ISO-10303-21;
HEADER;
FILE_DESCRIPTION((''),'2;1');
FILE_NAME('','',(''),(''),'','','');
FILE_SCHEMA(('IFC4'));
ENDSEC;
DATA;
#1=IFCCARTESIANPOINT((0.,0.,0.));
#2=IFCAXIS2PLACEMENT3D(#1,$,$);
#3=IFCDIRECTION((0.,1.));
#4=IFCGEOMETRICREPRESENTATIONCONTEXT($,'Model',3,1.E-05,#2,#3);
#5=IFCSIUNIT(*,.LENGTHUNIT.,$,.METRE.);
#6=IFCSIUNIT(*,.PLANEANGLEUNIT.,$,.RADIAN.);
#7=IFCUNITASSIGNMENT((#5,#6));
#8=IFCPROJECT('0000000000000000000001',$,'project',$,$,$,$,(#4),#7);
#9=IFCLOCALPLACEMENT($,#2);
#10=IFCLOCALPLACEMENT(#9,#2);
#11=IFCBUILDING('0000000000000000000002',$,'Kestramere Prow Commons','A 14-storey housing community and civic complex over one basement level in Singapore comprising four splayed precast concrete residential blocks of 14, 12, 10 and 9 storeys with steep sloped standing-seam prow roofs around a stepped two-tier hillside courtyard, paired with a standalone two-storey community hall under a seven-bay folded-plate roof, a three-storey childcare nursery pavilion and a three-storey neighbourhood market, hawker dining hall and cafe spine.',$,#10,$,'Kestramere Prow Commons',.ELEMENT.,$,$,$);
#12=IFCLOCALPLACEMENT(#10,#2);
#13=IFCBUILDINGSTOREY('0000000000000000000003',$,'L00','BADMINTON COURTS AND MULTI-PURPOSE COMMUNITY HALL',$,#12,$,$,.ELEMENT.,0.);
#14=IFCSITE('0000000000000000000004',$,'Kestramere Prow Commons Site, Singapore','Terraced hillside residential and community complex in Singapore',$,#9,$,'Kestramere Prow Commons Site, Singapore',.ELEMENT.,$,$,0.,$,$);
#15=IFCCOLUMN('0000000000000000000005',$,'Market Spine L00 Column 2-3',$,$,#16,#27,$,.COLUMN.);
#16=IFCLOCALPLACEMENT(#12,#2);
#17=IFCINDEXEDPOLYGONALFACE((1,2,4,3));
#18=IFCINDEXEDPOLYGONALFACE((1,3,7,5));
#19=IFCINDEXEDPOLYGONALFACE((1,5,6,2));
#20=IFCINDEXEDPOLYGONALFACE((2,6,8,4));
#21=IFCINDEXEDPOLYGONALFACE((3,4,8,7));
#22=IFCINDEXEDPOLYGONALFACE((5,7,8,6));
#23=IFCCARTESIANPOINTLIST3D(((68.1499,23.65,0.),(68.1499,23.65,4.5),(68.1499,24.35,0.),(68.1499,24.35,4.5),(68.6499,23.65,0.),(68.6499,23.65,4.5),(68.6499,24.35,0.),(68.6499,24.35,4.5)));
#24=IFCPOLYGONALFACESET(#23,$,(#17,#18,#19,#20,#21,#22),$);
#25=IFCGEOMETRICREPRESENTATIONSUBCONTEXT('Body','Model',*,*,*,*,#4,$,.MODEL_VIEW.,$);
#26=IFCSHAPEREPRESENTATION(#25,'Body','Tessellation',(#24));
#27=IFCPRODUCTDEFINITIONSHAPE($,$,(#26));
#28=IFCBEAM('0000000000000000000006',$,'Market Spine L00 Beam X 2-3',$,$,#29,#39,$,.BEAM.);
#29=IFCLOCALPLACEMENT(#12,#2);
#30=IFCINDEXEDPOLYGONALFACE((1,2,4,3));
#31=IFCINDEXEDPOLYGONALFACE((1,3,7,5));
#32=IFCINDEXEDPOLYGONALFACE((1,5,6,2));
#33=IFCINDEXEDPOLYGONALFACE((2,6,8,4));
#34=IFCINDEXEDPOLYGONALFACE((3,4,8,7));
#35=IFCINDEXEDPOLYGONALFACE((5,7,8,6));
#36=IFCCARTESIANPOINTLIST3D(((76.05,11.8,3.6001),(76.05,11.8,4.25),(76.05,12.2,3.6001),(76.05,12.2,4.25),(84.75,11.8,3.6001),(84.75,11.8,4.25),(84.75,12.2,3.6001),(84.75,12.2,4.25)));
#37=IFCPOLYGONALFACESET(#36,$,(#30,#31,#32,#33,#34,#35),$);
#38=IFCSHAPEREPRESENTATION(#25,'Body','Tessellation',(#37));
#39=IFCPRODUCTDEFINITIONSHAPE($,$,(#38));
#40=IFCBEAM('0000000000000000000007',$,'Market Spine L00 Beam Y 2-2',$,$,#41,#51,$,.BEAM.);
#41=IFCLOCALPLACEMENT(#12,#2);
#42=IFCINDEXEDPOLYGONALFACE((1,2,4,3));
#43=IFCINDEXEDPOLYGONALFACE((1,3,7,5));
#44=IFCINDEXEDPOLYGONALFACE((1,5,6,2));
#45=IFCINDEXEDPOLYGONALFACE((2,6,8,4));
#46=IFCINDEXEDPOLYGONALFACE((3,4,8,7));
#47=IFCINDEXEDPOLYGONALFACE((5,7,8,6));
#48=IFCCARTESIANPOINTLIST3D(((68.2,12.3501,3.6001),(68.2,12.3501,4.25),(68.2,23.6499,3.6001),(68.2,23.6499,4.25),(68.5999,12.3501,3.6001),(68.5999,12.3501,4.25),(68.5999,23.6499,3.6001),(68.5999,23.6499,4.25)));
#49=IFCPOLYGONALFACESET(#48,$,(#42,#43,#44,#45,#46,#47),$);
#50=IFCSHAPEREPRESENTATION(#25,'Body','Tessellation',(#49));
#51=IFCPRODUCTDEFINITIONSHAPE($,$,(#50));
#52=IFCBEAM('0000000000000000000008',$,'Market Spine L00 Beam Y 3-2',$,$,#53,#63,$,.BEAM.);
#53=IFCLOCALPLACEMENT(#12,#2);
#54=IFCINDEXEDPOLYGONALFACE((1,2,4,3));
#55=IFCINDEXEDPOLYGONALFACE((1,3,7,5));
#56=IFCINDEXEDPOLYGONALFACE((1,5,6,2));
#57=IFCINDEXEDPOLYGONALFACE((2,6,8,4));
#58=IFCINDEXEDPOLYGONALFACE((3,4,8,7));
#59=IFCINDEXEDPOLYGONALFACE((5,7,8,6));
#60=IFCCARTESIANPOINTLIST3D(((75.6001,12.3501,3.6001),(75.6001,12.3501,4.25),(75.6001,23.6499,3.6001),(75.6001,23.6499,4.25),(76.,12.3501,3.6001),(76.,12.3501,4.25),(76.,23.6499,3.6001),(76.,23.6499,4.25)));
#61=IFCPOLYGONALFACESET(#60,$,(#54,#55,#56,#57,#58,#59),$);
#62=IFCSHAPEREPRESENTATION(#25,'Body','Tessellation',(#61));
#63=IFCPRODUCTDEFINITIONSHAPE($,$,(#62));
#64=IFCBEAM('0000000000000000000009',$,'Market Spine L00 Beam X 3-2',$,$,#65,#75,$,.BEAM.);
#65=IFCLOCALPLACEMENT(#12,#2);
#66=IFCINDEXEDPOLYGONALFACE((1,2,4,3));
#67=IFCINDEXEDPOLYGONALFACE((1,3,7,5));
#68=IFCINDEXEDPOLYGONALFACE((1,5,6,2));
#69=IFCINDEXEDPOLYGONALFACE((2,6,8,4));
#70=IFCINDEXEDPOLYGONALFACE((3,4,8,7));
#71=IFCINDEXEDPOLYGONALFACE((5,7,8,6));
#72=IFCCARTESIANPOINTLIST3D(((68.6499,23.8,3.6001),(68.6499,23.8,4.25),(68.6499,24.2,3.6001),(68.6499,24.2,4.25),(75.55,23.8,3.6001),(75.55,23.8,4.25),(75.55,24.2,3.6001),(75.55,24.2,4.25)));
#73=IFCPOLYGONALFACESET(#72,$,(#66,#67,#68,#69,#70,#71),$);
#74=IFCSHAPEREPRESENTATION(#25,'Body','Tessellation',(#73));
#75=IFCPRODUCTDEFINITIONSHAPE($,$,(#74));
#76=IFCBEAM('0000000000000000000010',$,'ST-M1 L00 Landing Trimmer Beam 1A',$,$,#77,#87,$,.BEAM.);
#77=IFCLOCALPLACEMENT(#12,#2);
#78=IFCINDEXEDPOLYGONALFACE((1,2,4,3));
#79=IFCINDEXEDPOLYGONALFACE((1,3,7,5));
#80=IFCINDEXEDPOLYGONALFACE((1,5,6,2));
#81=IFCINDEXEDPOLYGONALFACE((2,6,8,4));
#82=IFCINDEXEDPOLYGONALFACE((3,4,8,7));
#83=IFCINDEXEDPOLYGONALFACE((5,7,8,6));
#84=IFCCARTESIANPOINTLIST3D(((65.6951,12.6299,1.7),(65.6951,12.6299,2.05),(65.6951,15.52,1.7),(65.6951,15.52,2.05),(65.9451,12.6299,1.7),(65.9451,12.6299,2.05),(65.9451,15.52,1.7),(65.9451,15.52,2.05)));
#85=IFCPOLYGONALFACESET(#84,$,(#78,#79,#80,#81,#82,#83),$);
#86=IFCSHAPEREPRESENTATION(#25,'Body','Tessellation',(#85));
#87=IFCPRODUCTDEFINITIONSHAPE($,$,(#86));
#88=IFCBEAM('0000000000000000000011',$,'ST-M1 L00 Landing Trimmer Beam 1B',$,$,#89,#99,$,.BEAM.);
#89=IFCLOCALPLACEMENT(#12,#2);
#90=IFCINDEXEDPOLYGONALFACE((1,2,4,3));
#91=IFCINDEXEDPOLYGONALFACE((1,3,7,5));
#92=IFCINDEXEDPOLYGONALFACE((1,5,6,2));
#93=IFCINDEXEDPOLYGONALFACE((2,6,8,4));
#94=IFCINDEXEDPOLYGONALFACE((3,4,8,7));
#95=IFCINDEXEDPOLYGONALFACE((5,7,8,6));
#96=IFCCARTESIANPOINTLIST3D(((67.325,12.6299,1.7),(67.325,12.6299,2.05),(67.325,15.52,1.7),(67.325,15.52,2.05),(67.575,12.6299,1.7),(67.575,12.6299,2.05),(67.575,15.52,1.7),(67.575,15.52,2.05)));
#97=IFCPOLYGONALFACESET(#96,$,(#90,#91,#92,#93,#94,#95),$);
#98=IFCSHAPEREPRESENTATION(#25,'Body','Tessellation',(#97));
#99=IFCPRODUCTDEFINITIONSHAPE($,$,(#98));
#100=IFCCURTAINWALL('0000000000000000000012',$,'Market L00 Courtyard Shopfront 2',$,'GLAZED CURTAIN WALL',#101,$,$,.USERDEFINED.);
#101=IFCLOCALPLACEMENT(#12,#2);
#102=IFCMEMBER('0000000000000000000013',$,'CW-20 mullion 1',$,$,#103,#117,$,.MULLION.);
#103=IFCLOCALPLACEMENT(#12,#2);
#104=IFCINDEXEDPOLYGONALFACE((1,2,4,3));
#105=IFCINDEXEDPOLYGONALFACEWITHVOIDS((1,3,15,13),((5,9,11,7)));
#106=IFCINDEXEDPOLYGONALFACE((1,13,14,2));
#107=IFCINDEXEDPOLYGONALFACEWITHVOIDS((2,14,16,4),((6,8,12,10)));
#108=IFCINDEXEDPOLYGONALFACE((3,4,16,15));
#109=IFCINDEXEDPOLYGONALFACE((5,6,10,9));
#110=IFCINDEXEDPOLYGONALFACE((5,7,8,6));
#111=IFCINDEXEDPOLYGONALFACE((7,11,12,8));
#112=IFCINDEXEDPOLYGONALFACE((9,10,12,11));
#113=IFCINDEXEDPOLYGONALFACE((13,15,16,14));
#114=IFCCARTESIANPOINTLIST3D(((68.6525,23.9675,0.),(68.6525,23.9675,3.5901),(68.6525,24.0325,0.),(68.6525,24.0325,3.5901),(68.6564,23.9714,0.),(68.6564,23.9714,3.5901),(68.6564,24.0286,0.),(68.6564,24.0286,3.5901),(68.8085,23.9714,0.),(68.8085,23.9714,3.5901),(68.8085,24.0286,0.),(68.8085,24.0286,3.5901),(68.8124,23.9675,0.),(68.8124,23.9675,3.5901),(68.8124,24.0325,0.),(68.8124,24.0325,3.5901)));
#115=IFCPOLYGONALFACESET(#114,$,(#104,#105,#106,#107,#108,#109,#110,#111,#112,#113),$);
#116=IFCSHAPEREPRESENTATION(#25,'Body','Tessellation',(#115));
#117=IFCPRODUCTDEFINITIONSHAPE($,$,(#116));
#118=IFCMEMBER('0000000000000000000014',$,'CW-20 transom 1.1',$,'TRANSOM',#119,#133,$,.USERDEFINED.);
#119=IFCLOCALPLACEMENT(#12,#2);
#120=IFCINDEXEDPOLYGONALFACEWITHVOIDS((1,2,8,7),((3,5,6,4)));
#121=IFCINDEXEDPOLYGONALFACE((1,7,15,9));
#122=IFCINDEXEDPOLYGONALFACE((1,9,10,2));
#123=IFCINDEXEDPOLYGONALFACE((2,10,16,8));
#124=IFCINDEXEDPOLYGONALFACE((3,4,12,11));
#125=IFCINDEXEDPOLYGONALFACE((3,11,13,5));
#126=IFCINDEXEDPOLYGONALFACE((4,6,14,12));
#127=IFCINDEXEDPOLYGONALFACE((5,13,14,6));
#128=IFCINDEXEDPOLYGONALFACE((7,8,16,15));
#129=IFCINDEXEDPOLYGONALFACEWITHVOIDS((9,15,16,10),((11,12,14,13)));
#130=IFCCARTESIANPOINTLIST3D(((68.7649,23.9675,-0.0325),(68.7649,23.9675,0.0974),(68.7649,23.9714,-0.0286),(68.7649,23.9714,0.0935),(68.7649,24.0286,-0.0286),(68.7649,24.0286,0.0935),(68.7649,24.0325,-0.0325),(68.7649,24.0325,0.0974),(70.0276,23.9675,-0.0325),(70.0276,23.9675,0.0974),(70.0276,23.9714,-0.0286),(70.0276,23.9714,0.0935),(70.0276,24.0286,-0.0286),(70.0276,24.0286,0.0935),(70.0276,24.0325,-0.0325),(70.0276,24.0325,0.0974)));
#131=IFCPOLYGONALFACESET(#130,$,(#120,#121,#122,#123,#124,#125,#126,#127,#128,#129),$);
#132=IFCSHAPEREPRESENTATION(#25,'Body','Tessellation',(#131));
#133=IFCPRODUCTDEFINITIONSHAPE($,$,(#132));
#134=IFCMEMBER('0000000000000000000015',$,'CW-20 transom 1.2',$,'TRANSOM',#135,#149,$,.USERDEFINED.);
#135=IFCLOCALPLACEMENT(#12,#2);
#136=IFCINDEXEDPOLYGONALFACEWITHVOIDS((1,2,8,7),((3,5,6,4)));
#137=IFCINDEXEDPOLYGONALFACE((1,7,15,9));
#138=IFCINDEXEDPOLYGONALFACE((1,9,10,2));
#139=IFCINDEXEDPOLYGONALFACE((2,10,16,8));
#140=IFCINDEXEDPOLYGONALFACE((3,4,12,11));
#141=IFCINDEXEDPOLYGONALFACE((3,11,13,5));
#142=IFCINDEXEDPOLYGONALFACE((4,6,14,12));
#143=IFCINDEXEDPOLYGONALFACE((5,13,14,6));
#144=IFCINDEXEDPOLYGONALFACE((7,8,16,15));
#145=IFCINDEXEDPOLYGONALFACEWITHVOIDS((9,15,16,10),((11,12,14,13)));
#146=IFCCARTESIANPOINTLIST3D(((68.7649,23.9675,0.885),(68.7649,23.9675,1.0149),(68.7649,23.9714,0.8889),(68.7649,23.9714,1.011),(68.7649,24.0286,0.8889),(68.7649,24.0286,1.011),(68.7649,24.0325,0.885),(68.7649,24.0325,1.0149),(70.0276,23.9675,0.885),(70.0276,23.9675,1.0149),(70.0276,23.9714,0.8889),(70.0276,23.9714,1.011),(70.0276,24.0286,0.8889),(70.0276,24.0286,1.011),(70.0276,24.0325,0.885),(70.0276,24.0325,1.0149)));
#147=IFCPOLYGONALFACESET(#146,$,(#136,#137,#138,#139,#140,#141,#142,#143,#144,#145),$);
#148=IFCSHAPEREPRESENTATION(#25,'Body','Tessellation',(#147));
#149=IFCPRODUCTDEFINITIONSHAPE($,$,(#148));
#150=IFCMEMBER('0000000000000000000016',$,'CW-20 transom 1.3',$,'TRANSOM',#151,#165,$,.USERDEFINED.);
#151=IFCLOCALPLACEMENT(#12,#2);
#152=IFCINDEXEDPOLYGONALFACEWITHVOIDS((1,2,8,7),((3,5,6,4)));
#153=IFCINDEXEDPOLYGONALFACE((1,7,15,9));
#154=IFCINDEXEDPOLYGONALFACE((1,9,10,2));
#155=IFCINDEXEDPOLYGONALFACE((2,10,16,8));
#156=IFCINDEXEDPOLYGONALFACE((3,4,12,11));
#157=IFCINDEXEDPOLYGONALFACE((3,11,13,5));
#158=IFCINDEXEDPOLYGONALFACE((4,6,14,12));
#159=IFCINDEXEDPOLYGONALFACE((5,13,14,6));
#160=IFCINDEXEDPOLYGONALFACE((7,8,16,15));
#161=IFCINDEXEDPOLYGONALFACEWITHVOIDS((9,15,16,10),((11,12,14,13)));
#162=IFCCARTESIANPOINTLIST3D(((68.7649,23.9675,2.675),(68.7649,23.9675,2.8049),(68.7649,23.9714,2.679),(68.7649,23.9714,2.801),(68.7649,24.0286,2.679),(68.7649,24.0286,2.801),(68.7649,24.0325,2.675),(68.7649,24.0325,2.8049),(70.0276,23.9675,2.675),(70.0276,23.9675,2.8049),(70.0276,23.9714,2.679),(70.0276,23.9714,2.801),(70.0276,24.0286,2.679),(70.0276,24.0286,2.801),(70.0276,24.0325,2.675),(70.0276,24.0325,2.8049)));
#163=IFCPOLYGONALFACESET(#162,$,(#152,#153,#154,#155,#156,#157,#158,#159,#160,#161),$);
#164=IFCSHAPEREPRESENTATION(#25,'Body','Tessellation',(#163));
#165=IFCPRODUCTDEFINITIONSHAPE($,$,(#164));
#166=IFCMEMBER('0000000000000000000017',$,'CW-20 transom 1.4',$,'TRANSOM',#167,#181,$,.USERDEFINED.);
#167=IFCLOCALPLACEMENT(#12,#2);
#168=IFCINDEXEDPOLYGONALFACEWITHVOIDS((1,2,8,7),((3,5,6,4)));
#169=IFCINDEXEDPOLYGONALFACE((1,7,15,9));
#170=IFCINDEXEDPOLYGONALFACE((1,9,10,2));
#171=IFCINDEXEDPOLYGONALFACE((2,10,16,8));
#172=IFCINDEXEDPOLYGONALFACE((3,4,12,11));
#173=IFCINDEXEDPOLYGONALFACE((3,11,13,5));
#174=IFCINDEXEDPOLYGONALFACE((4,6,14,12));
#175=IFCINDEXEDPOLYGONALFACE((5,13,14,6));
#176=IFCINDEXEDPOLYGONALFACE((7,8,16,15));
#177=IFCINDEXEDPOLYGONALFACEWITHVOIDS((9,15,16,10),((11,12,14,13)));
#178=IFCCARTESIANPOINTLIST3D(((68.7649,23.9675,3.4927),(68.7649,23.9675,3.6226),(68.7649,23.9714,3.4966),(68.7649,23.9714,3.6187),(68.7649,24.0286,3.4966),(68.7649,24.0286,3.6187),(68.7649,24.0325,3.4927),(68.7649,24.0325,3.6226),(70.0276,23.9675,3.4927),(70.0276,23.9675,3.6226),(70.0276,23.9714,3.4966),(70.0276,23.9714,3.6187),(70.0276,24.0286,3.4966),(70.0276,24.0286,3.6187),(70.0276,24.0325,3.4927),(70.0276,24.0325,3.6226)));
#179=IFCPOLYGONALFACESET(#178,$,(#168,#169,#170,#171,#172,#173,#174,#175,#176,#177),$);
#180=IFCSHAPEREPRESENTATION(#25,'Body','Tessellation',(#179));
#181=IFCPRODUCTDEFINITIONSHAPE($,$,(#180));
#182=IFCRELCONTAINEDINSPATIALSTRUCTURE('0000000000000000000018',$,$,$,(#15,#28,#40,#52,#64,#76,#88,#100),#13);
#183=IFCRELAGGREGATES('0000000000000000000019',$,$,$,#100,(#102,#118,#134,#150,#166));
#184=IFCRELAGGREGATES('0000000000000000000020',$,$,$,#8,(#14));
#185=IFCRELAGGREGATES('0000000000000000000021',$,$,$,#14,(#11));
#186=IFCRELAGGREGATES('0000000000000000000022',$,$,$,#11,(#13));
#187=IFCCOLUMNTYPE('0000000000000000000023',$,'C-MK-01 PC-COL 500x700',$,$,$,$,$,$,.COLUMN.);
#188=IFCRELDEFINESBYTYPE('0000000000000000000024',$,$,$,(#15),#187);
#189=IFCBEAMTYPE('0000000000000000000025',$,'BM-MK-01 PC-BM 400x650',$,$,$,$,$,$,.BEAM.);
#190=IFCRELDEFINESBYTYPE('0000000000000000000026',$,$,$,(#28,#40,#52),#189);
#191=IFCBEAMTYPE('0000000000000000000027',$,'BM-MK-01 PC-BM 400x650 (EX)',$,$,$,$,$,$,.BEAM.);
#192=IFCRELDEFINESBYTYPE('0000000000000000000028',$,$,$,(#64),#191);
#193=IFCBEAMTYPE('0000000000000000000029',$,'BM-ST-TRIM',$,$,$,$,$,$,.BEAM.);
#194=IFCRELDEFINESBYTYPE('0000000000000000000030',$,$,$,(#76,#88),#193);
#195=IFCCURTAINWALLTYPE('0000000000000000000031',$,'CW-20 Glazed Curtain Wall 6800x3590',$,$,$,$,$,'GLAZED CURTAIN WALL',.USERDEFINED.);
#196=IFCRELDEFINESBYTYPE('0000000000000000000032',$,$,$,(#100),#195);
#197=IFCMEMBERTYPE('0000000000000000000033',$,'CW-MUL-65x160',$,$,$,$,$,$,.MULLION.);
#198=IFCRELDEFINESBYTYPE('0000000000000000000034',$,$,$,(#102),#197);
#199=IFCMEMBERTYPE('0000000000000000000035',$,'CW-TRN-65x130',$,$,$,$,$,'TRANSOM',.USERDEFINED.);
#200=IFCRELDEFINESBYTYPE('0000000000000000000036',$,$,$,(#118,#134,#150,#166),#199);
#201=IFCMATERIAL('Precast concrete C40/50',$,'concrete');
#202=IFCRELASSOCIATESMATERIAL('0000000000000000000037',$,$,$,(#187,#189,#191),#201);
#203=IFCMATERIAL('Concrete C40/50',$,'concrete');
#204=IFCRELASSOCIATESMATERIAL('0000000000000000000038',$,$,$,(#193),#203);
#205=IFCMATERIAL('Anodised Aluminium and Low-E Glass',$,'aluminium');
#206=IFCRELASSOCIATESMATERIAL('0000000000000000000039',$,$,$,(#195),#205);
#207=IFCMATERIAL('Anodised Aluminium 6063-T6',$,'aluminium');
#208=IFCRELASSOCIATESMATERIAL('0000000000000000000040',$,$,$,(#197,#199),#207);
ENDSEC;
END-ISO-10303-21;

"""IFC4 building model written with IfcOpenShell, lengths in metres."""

from ifc_helpers import new_model, si_unit, direction, frame, origin, origin_2d, place, context, subcontext, project, spatial, rectangle, hollow_rectangle, extrude, material, material_profile, profile_set, type_object, element, aggregate, save


model = new_model("IFC4")

# Units and contexts
model_context = context("Model", 3, precision=1e-05, world=origin(), true_north=direction((0.0, 1.0)))
body_context = subcontext(model_context, "Body", "Model", "MODEL_VIEW")
ifc_project = project(units=[si_unit("LENGTHUNIT", "METRE"), si_unit("PLANEANGLEUNIT", "RADIAN")], contexts=[model_context])

# Site, building, storey
site_placement = place(None, origin())
site = spatial("IfcSite", under=ifc_project, at=site_placement, Name="Kestramere Prow Commons Site, Singapore", Description="Terraced hillside residential and community complex in Singapore", LongName="Kestramere Prow Commons Site, Singapore", CompositionType="ELEMENT", RefElevation=0.0)
building_placement = place(site_placement, origin())
building = spatial("IfcBuilding", under=site, at=building_placement, Name="Kestramere Prow Commons", Description="A 14-storey housing community and civic complex over one basement level in Singapore comprising four splayed precast concrete residential blocks of 14, 12, 10 and 9 storeys with steep sloped standing-seam prow roofs around a stepped two-tier hillside courtyard, paired with a standalone two-storey community hall under a seven-bay folded-plate roof, a three-storey childcare nursery pavilion and a three-storey neighbourhood market, hawker dining hall and cafe spine.", LongName="Kestramere Prow Commons", CompositionType="ELEMENT")
storey_placement = place(building_placement, origin())
storey = spatial("IfcBuildingStorey", under=building, at=storey_placement, Name="L00", Description="BADMINTON COURTS AND MULTI-PURPOSE COMMUNITY HALL", CompositionType="ELEMENT", Elevation=0.0)

# Column
ifc_material_1 = material(Name="Precast concrete C40/50", Category="concrete")
ifc_material_profile_1 = material_profile(ifc_material_1, rectangle(XDim=0.5, YDim=0.7, at=origin_2d()), Name="PC-COL 500x700")
ifc_profile_set_1 = profile_set([ifc_material_profile_1], Name="Precast concrete C40/50")
column_type = type_object("IfcColumnType", Name="C-MK-01 PC-COL 500x700", PredefinedType="COLUMN", material=ifc_profile_set_1)
column_placement = place(storey_placement, frame((68.3999, 24.0, 0.0), z_axis=(0.0, 0.0, 1.0), x_axis=(1.0, 0.0, 0.0)))
element("IfcColumn", 1, at=column_placement, inside=storey, type_object=column_type, Name="Market Spine L00 Column 2-3", PredefinedType="COLUMN", context=body_context, shape_type="SweptSolid", body=[
    extrude(rectangle(XDim=0.5, YDim=0.7, at=origin_2d()), origin(), (0.0, 0.0, 1.0), 4.5),
])

# Beams
ifc_material_profile_2 = material_profile(ifc_material_1, rectangle(XDim=0.3999, YDim=0.6499, at=origin_2d()), Name="PC-BM 400x650")
ifc_profile_set_2 = profile_set([ifc_material_profile_2], Name="Precast concrete C40/50")
beam_type_1 = type_object("IfcBeamType", Name="BM-MK-01 PC-BM 400x650", PredefinedType="BEAM", material=ifc_profile_set_2)
beam_1_placement = place(storey_placement, frame((76.05, 12.0, 3.925), z_axis=(1.0, 0.0, 0.0), x_axis=(0.0, 1.0, 0.0)))
element("IfcBeam", 2, at=beam_1_placement, inside=storey, type_object=beam_type_1, Name="Market Spine L00 Beam X 2-3", PredefinedType="BEAM", context=body_context, shape_type="SweptSolid", body=[
    extrude(rectangle(XDim=0.3999, YDim=0.6499, at=origin_2d()), origin(), (0.0, 0.0, 1.0), 8.7),
])
for number, where, z_axis, x_axis, name in (
    (3, (68.3999, 12.3501, 3.925), (0.0, 1.0, 0.0), (-1.0, 0.0, 0.0), "Market Spine L00 Beam Y 2-2"),
    (4, (75.8, 12.3501, 3.925), (0.0, 1.0, 0.0), (-1.0, 0.0, 0.0), "Market Spine L00 Beam Y 3-2"),
):
    element("IfcBeam", number, at=place(storey_placement, frame(where, z_axis=z_axis, x_axis=x_axis)), inside=storey, type_object=beam_type_1, Name=name, PredefinedType="BEAM", context=body_context, shape_type="SweptSolid", body=[
        extrude(rectangle(XDim=0.3999, YDim=0.6499, at=origin_2d()), origin(), (0.0, 0.0, 1.0), 11.2998),
    ])
ifc_material_profile_3 = material_profile(ifc_material_1, rectangle(XDim=0.3999, YDim=0.6499, at=origin_2d()), Name="PC-BM 400x650")
ifc_profile_set_3 = profile_set([ifc_material_profile_3], Name="Precast concrete C40/50")
beam_type_2 = type_object("IfcBeamType", Name="BM-MK-01 PC-BM 400x650 (EX)", PredefinedType="BEAM", material=ifc_profile_set_3)
beam_2_placement = place(storey_placement, frame((68.6499, 24.0, 3.925), z_axis=(1.0, 0.0, 0.0), x_axis=(0.0, 1.0, 0.0)))
element("IfcBeam", 5, at=beam_2_placement, inside=storey, type_object=beam_type_2, Name="Market Spine L00 Beam X 3-2", PredefinedType="BEAM", context=body_context, shape_type="SweptSolid", body=[
    extrude(rectangle(XDim=0.3999, YDim=0.6499, at=origin_2d()), origin(), (0.0, 0.0, 1.0), 6.9001),
])
ifc_material_2 = material(Name="Concrete C40/50", Category="concrete")
ifc_material_profile_4 = material_profile(ifc_material_2, rectangle(XDim=0.25, YDim=0.3501, at=origin_2d()), Name="PC-BM 250x350")
ifc_profile_set_4 = profile_set([ifc_material_profile_4], Name="Concrete C40/50")
beam_type_3 = type_object("IfcBeamType", Name="BM-ST-TRIM", PredefinedType="BEAM", material=ifc_profile_set_4)
for number, where, z_axis, x_axis, name in (
    (6, (65.8201, 12.6299, 1.875), (0.0, 1.0, 0.0), (-1.0, 0.0, 0.0), "ST-M1 L00 Landing Trimmer Beam 1A"),
    (7, (67.45, 12.6299, 1.875), (0.0, 1.0, 0.0), (-1.0, 0.0, 0.0), "ST-M1 L00 Landing Trimmer Beam 1B"),
):
    element("IfcBeam", number, at=place(storey_placement, frame(where, z_axis=z_axis, x_axis=x_axis)), inside=storey, type_object=beam_type_3, Name=name, PredefinedType="BEAM", context=body_context, shape_type="SweptSolid", body=[
        extrude(rectangle(XDim=0.25, YDim=0.3501, at=origin_2d()), origin(), (0.0, 0.0, 1.0), 2.8901),
    ])

# Curtain wall, members
ifc_material_3 = material(Name="Anodised Aluminium and Low-E Glass", Category="aluminium")
curtain_wall_type = type_object("IfcCurtainWallType", Name="CW-20 Glazed Curtain Wall 6800x3590", ElementType="GLAZED CURTAIN WALL", PredefinedType="USERDEFINED", material=ifc_material_3)
curtain_wall_placement = place(storey_placement, origin())
curtain_wall = element("IfcCurtainWall", 8, at=curtain_wall_placement, inside=storey, type_object=curtain_wall_type, Name="Market L00 Courtyard Shopfront 2", ObjectType="GLAZED CURTAIN WALL", PredefinedType="USERDEFINED")
ifc_material_4 = material(Name="Anodised Aluminium 6063-T6", Category="aluminium")
ifc_material_profile_5 = material_profile(ifc_material_4, hollow_rectangle(XDim=0.0649, YDim=0.1599, WallThickness=0.0039, at=origin_2d()), Name="ALU-MUL 65x160")
ifc_profile_set_5 = profile_set([ifc_material_profile_5], Name="Anodised Aluminium 6063-T6")
member_type_1 = type_object("IfcMemberType", Name="CW-MUL-65x160", PredefinedType="MULLION", material=ifc_profile_set_5)
member_1_placement = place(storey_placement, frame((68.7324, 24.0, 0.0), z_axis=(0.0, 0.0, 1.0), x_axis=(0.0, 1.0, 0.0)))
member_1 = element("IfcMember", 9, at=member_1_placement, type_object=member_type_1, Name="CW-20 mullion 1", PredefinedType="MULLION", context=body_context, shape_type="SweptSolid", body=[
    extrude(hollow_rectangle(XDim=0.0649, YDim=0.1599, WallThickness=0.0039, at=origin_2d()), origin(), (0.0, 0.0, 1.0), 3.5901),
])
ifc_material_profile_6 = material_profile(ifc_material_4, hollow_rectangle(XDim=0.0649, YDim=0.1299, WallThickness=0.0039, at=origin_2d()), Name="ALU-TRN 65x130")
ifc_profile_set_6 = profile_set([ifc_material_profile_6], Name="Anodised Aluminium 6063-T6")
member_type_2 = type_object("IfcMemberType", Name="CW-TRN-65x130", ElementType="TRANSOM", PredefinedType="USERDEFINED", material=ifc_profile_set_6)
member_2_placement = place(storey_placement, frame((68.7649, 24.0, 0.0325), z_axis=(1.0, 0.0, 0.0), x_axis=(0.0, 1.0, 0.0)))
member_2 = element("IfcMember", 10, at=member_2_placement, type_object=member_type_2, Name="CW-20 transom 1.1", ObjectType="TRANSOM", PredefinedType="USERDEFINED", context=body_context, shape_type="SweptSolid", body=[
    extrude(hollow_rectangle(XDim=0.0649, YDim=0.1299, WallThickness=0.0039, at=origin_2d()), origin(), (0.0, 0.0, 1.0), 1.2627),
])
member_3_placement = place(storey_placement, frame((68.7649, 24.0, 0.95), z_axis=(1.0, 0.0, 0.0), x_axis=(0.0, 1.0, 0.0)))
member_3 = element("IfcMember", 11, at=member_3_placement, type_object=member_type_2, Name="CW-20 transom 1.2", ObjectType="TRANSOM", PredefinedType="USERDEFINED", context=body_context, shape_type="SweptSolid", body=[
    extrude(hollow_rectangle(XDim=0.0649, YDim=0.1299, WallThickness=0.0039, at=origin_2d()), origin(), (0.0, 0.0, 1.0), 1.2627),
])
member_4_placement = place(storey_placement, frame((68.7649, 24.0, 2.74), z_axis=(1.0, 0.0, 0.0), x_axis=(0.0, 1.0, 0.0)))
member_4 = element("IfcMember", 12, at=member_4_placement, type_object=member_type_2, Name="CW-20 transom 1.3", ObjectType="TRANSOM", PredefinedType="USERDEFINED", context=body_context, shape_type="SweptSolid", body=[
    extrude(hollow_rectangle(XDim=0.0649, YDim=0.1299, WallThickness=0.0039, at=origin_2d()), origin(), (0.0, 0.0, 1.0), 1.2627),
])
member_5_placement = place(storey_placement, frame((68.7649, 24.0, 3.5576), z_axis=(1.0, 0.0, 0.0), x_axis=(0.0, 1.0, 0.0)))
member_5 = element("IfcMember", 13, at=member_5_placement, type_object=member_type_2, Name="CW-20 transom 1.4", ObjectType="TRANSOM", PredefinedType="USERDEFINED", context=body_context, shape_type="SweptSolid", body=[
    extrude(hollow_rectangle(XDim=0.0649, YDim=0.1299, WallThickness=0.0039, at=origin_2d()), origin(), (0.0, 0.0, 1.0), 1.2627),
])

aggregate(curtain_wall, [member_1, member_2, member_3, member_4, member_5])

save(model, "model.ifc")
